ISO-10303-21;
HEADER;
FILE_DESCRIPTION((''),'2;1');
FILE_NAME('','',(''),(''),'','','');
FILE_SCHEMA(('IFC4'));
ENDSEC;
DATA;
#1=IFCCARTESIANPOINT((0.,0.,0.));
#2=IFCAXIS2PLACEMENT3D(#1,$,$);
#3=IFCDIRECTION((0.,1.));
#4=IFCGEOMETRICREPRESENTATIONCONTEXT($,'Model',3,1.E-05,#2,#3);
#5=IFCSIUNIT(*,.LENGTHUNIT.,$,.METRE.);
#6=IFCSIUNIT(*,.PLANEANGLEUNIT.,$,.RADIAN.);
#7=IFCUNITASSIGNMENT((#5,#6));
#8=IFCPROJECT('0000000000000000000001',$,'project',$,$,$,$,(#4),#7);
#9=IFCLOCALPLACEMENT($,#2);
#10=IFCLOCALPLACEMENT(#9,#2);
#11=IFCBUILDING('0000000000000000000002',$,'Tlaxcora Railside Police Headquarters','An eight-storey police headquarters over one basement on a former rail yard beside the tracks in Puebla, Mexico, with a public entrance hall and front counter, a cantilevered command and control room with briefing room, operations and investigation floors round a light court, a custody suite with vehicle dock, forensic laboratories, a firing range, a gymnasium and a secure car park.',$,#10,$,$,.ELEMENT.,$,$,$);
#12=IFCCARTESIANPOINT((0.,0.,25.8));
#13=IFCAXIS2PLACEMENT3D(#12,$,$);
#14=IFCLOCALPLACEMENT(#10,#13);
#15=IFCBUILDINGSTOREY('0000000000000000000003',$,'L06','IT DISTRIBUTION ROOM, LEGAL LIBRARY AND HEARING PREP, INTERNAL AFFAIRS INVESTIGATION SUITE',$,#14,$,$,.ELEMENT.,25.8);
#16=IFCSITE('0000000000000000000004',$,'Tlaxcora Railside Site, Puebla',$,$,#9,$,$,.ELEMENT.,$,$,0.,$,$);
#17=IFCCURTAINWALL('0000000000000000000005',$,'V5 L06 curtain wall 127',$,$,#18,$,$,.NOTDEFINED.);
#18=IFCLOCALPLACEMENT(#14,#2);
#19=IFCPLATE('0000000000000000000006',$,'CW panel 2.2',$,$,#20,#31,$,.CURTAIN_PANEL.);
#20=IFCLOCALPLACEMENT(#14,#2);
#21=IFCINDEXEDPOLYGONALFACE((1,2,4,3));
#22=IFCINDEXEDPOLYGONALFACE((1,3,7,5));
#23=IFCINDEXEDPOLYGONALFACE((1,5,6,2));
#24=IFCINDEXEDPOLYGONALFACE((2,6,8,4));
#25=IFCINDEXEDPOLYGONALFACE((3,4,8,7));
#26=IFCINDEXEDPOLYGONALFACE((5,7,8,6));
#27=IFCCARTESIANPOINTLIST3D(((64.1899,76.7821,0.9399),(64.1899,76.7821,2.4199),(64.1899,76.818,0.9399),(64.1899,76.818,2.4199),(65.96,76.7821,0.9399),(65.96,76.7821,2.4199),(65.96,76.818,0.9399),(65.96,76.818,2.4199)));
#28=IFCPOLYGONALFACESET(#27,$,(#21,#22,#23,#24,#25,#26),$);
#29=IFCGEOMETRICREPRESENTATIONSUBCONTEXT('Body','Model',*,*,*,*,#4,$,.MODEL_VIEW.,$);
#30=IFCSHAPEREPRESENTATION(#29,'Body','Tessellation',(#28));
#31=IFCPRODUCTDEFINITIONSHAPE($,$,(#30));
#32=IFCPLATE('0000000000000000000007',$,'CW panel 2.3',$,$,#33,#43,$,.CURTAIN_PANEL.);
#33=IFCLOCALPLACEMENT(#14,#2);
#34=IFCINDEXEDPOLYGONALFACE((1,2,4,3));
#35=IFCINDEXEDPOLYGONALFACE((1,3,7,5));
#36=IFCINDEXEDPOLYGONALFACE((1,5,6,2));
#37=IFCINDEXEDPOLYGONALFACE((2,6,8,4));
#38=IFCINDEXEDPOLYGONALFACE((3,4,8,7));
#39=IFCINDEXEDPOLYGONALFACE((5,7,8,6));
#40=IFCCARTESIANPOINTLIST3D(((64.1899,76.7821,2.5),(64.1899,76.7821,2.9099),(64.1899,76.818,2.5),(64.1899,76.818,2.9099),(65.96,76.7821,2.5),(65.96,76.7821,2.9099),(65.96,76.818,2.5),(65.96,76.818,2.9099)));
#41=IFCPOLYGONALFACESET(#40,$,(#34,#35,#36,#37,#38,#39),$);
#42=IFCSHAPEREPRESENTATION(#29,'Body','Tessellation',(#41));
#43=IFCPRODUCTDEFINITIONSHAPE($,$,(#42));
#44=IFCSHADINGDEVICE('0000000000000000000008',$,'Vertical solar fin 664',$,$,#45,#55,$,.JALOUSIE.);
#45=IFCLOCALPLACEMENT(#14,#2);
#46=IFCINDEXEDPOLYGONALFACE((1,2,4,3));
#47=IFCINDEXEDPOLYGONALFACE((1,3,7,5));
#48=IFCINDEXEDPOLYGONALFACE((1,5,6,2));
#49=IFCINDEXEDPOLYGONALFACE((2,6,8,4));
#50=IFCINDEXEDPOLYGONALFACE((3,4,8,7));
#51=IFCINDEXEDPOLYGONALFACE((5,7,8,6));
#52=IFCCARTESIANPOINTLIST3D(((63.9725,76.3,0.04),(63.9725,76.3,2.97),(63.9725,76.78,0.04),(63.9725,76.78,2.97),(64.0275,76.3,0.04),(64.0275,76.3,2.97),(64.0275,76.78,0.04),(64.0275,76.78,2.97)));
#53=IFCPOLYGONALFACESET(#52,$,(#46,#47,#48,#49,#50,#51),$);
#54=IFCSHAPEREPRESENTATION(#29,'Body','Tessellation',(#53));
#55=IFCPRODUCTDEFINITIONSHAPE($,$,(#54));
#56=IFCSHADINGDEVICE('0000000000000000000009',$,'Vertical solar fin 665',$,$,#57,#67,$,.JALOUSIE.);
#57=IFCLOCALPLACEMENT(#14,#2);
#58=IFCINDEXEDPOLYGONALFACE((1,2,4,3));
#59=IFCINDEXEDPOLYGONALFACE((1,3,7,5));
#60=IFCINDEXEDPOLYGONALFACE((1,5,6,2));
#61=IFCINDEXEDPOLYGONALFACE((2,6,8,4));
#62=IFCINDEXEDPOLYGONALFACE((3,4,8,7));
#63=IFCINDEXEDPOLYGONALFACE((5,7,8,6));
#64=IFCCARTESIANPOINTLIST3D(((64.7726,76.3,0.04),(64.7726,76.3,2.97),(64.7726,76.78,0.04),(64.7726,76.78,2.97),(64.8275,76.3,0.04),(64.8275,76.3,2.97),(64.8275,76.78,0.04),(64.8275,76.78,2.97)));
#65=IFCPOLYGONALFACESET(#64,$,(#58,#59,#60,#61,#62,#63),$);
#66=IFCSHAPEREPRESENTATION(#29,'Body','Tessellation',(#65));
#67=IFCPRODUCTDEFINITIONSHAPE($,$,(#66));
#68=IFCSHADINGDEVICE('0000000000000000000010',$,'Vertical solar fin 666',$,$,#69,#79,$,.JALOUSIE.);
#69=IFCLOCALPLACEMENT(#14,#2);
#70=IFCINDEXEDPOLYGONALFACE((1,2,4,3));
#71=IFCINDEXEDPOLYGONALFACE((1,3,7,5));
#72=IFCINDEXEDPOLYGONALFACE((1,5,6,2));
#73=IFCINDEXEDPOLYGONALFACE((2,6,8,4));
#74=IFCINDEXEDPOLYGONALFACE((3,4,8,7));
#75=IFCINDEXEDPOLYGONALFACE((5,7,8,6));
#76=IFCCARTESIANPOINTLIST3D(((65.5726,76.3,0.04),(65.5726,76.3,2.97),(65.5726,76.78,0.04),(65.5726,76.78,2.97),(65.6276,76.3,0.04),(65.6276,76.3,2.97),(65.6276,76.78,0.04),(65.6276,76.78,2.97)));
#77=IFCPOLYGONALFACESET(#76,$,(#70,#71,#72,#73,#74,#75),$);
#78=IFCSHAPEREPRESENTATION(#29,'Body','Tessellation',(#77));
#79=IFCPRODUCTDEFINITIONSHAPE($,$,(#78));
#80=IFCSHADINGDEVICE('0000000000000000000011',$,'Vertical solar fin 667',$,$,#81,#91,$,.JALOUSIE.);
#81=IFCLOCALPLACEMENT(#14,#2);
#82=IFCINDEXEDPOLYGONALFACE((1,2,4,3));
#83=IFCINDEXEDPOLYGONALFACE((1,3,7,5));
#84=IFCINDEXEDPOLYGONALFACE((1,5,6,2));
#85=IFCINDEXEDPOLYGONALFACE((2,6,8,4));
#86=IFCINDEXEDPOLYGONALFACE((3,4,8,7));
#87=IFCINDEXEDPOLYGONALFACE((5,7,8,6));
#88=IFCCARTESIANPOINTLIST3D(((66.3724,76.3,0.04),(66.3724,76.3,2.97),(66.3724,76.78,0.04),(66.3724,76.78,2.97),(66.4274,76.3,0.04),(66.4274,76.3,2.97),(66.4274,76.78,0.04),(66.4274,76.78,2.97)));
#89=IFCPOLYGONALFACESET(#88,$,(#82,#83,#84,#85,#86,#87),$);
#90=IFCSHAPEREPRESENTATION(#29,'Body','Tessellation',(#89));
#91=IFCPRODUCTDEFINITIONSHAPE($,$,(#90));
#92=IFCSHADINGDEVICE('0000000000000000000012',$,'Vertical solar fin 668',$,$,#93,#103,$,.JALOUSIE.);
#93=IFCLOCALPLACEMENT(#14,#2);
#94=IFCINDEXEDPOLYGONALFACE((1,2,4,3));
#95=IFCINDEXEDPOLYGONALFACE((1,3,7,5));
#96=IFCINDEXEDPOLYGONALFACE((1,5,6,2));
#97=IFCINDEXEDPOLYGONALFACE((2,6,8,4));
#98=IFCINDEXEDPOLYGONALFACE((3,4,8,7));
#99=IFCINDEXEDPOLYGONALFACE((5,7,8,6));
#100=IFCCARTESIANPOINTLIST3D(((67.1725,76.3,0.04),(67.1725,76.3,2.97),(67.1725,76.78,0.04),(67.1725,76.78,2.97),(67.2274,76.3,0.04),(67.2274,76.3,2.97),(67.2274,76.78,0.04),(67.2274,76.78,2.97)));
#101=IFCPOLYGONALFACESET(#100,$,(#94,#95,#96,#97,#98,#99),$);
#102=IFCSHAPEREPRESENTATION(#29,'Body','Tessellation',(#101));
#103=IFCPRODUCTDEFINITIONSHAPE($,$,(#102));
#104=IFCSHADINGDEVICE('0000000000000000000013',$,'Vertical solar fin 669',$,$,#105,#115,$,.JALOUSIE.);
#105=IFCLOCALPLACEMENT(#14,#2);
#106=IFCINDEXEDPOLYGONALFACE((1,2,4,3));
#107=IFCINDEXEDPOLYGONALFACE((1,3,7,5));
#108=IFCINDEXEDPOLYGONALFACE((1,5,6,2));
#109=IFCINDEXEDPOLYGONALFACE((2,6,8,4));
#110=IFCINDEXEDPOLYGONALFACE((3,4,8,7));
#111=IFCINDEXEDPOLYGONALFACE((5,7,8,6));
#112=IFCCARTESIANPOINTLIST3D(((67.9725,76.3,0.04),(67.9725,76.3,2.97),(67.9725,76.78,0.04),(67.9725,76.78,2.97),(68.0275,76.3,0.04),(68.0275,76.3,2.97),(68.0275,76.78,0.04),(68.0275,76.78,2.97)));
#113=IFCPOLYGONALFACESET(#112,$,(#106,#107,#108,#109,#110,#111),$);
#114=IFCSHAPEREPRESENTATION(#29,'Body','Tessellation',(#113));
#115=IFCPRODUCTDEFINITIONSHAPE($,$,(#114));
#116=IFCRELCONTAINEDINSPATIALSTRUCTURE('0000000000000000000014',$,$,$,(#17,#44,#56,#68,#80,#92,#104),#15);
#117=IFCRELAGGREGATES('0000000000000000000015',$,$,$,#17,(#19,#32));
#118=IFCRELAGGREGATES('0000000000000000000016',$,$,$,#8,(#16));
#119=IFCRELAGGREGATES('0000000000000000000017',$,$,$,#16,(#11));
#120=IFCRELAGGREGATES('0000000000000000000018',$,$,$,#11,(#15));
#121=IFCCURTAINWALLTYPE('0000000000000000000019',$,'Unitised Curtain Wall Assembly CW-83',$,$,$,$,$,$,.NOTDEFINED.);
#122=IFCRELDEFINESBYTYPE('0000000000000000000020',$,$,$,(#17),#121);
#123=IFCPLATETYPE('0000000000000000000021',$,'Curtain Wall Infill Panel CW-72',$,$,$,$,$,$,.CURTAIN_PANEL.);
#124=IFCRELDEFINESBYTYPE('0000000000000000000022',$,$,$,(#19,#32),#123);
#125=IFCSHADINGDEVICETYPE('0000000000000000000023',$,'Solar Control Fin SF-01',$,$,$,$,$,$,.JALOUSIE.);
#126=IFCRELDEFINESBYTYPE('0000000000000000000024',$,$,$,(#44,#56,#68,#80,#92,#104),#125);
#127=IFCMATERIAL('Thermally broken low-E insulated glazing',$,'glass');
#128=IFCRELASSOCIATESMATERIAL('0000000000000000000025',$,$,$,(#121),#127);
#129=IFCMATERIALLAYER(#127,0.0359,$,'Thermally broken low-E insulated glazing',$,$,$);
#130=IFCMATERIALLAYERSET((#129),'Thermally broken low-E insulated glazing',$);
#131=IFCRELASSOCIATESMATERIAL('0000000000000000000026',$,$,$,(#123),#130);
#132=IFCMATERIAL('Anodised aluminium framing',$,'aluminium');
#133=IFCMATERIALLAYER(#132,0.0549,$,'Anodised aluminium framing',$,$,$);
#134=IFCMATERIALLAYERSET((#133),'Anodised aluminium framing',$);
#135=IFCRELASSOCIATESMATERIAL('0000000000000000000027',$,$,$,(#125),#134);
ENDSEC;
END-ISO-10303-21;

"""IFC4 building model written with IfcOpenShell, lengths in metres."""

from ifc_helpers import new_model, si_unit, direction, frame, origin, origin_2d, place, context, subcontext, project, spatial, rectangle, extrude, material, layer, layer_set, type_object, element, aggregate, save


model = new_model("IFC4")

# Units and contexts
model_context = context("Model", 3, precision=1e-05, world=origin(), true_north=direction((0.0, 1.0)))
body_context = subcontext(model_context, "Body", "Model", "MODEL_VIEW")
ifc_project = project(units=[si_unit("LENGTHUNIT", "METRE"), si_unit("PLANEANGLEUNIT", "RADIAN")], contexts=[model_context])

# Site, building, storey
site_placement = place(None, origin())
site = spatial("IfcSite", under=ifc_project, at=site_placement, Name="Tlaxcora Railside Site, Puebla", CompositionType="ELEMENT", RefElevation=0.0)
building_placement = place(site_placement, origin())
building = spatial("IfcBuilding", under=site, at=building_placement, Name="Tlaxcora Railside Police Headquarters", Description="An eight-storey police headquarters over one basement on a former rail yard beside the tracks in Puebla, Mexico, with a public entrance hall and front counter, a cantilevered command and control room with briefing room, operations and investigation floors round a light court, a custody suite with vehicle dock, forensic laboratories, a firing range, a gymnasium and a secure car park.", CompositionType="ELEMENT")
storey_placement = place(building_placement, frame((0.0, 0.0, 25.8)))
storey = spatial("IfcBuildingStorey", under=building, at=storey_placement, Name="L06", Description="IT DISTRIBUTION ROOM, LEGAL LIBRARY AND HEARING PREP, INTERNAL AFFAIRS INVESTIGATION SUITE", CompositionType="ELEMENT", Elevation=25.8)

# Curtain wall, plates
ifc_material_1 = material(Name="Thermally broken low-E insulated glazing", Category="glass")
curtain_wall_type = type_object("IfcCurtainWallType", Name="Unitised Curtain Wall Assembly CW-83", PredefinedType="NOTDEFINED", material=ifc_material_1)
curtain_wall_placement = place(storey_placement, origin())
curtain_wall = element("IfcCurtainWall", 1, at=curtain_wall_placement, inside=storey, type_object=curtain_wall_type, Name="V5 L06 curtain wall 127", PredefinedType="NOTDEFINED")
ifc_material_2 = material(Name="Anodised aluminium framing", Category="aluminium")
ifc_layer_1 = layer(ifc_material_1, 0.0359, Name="Thermally broken low-E insulated glazing")
ifc_layer_set_1 = layer_set([ifc_layer_1], Name="Thermally broken low-E insulated glazing")
plate_type = type_object("IfcPlateType", Name="Curtain Wall Infill Panel CW-72", PredefinedType="CURTAIN_PANEL", material=ifc_layer_set_1)
plate_1_placement = place(storey_placement, frame((65.075, 76.8, 0.9399), z_axis=(0.0, 0.0, 1.0), x_axis=(1.0, 0.0, 0.0)))
plate_1 = element("IfcPlate", 2, at=plate_1_placement, type_object=plate_type, Name="CW panel 2.2", PredefinedType="CURTAIN_PANEL", context=body_context, shape_type="SweptSolid", body=[
    extrude(rectangle(XDim=1.77, YDim=0.0359, at=origin_2d()), origin(), (0.0, 0.0, 1.0), 1.48),
])
plate_2_placement = place(storey_placement, frame((65.075, 76.8, 2.5), z_axis=(0.0, 0.0, 1.0), x_axis=(1.0, 0.0, 0.0)))
plate_2 = element("IfcPlate", 3, at=plate_2_placement, type_object=plate_type, Name="CW panel 2.3", PredefinedType="CURTAIN_PANEL", context=body_context, shape_type="SweptSolid", body=[
    extrude(rectangle(XDim=1.77, YDim=0.0359, at=origin_2d()), origin(), (0.0, 0.0, 1.0), 0.4099),
])
aggregate(curtain_wall, [plate_1, plate_2])

# Shading devices
ifc_layer_2 = layer(ifc_material_2, 0.0549, Name="Anodised aluminium framing")
ifc_layer_set_2 = layer_set([ifc_layer_2], Name="Anodised aluminium framing")
shading_device_type = type_object("IfcShadingDeviceType", Name="Solar Control Fin SF-01", PredefinedType="JALOUSIE", material=ifc_layer_set_2)
for number, where, z_axis, x_axis, name in (
    (4, (64.0, 76.54, 0.04), (0.0, 0.0, 1.0), (0.0, -1.0, 0.0), "Vertical solar fin 664"),
    (5, (64.8, 76.54, 0.04), (0.0, 0.0, 1.0), (0.0, -1.0, 0.0), "Vertical solar fin 665"),
    (6, (65.6001, 76.54, 0.04), (0.0, 0.0, 1.0), (0.0, -1.0, 0.0), "Vertical solar fin 666"),
    (7, (66.3999, 76.54, 0.04), (0.0, 0.0, 1.0), (0.0, -1.0, 0.0), "Vertical solar fin 667"),
    (8, (67.2, 76.54, 0.04), (0.0, 0.0, 1.0), (0.0, -1.0, 0.0), "Vertical solar fin 668"),
    (9, (68.0, 76.54, 0.04), (0.0, 0.0, 1.0), (0.0, -1.0, 0.0), "Vertical solar fin 669"),
):
    element("IfcShadingDevice", number, at=place(storey_placement, frame(where, z_axis=z_axis, x_axis=x_axis)), inside=storey, type_object=shading_device_type, Name=name, PredefinedType="JALOUSIE", context=body_context, shape_type="SweptSolid", body=[
        extrude(rectangle(XDim=0.48, YDim=0.0549, at=origin_2d()), origin(), (0.0, 0.0, 1.0), 2.9299),
    ])

save(model, "model.ifc")
